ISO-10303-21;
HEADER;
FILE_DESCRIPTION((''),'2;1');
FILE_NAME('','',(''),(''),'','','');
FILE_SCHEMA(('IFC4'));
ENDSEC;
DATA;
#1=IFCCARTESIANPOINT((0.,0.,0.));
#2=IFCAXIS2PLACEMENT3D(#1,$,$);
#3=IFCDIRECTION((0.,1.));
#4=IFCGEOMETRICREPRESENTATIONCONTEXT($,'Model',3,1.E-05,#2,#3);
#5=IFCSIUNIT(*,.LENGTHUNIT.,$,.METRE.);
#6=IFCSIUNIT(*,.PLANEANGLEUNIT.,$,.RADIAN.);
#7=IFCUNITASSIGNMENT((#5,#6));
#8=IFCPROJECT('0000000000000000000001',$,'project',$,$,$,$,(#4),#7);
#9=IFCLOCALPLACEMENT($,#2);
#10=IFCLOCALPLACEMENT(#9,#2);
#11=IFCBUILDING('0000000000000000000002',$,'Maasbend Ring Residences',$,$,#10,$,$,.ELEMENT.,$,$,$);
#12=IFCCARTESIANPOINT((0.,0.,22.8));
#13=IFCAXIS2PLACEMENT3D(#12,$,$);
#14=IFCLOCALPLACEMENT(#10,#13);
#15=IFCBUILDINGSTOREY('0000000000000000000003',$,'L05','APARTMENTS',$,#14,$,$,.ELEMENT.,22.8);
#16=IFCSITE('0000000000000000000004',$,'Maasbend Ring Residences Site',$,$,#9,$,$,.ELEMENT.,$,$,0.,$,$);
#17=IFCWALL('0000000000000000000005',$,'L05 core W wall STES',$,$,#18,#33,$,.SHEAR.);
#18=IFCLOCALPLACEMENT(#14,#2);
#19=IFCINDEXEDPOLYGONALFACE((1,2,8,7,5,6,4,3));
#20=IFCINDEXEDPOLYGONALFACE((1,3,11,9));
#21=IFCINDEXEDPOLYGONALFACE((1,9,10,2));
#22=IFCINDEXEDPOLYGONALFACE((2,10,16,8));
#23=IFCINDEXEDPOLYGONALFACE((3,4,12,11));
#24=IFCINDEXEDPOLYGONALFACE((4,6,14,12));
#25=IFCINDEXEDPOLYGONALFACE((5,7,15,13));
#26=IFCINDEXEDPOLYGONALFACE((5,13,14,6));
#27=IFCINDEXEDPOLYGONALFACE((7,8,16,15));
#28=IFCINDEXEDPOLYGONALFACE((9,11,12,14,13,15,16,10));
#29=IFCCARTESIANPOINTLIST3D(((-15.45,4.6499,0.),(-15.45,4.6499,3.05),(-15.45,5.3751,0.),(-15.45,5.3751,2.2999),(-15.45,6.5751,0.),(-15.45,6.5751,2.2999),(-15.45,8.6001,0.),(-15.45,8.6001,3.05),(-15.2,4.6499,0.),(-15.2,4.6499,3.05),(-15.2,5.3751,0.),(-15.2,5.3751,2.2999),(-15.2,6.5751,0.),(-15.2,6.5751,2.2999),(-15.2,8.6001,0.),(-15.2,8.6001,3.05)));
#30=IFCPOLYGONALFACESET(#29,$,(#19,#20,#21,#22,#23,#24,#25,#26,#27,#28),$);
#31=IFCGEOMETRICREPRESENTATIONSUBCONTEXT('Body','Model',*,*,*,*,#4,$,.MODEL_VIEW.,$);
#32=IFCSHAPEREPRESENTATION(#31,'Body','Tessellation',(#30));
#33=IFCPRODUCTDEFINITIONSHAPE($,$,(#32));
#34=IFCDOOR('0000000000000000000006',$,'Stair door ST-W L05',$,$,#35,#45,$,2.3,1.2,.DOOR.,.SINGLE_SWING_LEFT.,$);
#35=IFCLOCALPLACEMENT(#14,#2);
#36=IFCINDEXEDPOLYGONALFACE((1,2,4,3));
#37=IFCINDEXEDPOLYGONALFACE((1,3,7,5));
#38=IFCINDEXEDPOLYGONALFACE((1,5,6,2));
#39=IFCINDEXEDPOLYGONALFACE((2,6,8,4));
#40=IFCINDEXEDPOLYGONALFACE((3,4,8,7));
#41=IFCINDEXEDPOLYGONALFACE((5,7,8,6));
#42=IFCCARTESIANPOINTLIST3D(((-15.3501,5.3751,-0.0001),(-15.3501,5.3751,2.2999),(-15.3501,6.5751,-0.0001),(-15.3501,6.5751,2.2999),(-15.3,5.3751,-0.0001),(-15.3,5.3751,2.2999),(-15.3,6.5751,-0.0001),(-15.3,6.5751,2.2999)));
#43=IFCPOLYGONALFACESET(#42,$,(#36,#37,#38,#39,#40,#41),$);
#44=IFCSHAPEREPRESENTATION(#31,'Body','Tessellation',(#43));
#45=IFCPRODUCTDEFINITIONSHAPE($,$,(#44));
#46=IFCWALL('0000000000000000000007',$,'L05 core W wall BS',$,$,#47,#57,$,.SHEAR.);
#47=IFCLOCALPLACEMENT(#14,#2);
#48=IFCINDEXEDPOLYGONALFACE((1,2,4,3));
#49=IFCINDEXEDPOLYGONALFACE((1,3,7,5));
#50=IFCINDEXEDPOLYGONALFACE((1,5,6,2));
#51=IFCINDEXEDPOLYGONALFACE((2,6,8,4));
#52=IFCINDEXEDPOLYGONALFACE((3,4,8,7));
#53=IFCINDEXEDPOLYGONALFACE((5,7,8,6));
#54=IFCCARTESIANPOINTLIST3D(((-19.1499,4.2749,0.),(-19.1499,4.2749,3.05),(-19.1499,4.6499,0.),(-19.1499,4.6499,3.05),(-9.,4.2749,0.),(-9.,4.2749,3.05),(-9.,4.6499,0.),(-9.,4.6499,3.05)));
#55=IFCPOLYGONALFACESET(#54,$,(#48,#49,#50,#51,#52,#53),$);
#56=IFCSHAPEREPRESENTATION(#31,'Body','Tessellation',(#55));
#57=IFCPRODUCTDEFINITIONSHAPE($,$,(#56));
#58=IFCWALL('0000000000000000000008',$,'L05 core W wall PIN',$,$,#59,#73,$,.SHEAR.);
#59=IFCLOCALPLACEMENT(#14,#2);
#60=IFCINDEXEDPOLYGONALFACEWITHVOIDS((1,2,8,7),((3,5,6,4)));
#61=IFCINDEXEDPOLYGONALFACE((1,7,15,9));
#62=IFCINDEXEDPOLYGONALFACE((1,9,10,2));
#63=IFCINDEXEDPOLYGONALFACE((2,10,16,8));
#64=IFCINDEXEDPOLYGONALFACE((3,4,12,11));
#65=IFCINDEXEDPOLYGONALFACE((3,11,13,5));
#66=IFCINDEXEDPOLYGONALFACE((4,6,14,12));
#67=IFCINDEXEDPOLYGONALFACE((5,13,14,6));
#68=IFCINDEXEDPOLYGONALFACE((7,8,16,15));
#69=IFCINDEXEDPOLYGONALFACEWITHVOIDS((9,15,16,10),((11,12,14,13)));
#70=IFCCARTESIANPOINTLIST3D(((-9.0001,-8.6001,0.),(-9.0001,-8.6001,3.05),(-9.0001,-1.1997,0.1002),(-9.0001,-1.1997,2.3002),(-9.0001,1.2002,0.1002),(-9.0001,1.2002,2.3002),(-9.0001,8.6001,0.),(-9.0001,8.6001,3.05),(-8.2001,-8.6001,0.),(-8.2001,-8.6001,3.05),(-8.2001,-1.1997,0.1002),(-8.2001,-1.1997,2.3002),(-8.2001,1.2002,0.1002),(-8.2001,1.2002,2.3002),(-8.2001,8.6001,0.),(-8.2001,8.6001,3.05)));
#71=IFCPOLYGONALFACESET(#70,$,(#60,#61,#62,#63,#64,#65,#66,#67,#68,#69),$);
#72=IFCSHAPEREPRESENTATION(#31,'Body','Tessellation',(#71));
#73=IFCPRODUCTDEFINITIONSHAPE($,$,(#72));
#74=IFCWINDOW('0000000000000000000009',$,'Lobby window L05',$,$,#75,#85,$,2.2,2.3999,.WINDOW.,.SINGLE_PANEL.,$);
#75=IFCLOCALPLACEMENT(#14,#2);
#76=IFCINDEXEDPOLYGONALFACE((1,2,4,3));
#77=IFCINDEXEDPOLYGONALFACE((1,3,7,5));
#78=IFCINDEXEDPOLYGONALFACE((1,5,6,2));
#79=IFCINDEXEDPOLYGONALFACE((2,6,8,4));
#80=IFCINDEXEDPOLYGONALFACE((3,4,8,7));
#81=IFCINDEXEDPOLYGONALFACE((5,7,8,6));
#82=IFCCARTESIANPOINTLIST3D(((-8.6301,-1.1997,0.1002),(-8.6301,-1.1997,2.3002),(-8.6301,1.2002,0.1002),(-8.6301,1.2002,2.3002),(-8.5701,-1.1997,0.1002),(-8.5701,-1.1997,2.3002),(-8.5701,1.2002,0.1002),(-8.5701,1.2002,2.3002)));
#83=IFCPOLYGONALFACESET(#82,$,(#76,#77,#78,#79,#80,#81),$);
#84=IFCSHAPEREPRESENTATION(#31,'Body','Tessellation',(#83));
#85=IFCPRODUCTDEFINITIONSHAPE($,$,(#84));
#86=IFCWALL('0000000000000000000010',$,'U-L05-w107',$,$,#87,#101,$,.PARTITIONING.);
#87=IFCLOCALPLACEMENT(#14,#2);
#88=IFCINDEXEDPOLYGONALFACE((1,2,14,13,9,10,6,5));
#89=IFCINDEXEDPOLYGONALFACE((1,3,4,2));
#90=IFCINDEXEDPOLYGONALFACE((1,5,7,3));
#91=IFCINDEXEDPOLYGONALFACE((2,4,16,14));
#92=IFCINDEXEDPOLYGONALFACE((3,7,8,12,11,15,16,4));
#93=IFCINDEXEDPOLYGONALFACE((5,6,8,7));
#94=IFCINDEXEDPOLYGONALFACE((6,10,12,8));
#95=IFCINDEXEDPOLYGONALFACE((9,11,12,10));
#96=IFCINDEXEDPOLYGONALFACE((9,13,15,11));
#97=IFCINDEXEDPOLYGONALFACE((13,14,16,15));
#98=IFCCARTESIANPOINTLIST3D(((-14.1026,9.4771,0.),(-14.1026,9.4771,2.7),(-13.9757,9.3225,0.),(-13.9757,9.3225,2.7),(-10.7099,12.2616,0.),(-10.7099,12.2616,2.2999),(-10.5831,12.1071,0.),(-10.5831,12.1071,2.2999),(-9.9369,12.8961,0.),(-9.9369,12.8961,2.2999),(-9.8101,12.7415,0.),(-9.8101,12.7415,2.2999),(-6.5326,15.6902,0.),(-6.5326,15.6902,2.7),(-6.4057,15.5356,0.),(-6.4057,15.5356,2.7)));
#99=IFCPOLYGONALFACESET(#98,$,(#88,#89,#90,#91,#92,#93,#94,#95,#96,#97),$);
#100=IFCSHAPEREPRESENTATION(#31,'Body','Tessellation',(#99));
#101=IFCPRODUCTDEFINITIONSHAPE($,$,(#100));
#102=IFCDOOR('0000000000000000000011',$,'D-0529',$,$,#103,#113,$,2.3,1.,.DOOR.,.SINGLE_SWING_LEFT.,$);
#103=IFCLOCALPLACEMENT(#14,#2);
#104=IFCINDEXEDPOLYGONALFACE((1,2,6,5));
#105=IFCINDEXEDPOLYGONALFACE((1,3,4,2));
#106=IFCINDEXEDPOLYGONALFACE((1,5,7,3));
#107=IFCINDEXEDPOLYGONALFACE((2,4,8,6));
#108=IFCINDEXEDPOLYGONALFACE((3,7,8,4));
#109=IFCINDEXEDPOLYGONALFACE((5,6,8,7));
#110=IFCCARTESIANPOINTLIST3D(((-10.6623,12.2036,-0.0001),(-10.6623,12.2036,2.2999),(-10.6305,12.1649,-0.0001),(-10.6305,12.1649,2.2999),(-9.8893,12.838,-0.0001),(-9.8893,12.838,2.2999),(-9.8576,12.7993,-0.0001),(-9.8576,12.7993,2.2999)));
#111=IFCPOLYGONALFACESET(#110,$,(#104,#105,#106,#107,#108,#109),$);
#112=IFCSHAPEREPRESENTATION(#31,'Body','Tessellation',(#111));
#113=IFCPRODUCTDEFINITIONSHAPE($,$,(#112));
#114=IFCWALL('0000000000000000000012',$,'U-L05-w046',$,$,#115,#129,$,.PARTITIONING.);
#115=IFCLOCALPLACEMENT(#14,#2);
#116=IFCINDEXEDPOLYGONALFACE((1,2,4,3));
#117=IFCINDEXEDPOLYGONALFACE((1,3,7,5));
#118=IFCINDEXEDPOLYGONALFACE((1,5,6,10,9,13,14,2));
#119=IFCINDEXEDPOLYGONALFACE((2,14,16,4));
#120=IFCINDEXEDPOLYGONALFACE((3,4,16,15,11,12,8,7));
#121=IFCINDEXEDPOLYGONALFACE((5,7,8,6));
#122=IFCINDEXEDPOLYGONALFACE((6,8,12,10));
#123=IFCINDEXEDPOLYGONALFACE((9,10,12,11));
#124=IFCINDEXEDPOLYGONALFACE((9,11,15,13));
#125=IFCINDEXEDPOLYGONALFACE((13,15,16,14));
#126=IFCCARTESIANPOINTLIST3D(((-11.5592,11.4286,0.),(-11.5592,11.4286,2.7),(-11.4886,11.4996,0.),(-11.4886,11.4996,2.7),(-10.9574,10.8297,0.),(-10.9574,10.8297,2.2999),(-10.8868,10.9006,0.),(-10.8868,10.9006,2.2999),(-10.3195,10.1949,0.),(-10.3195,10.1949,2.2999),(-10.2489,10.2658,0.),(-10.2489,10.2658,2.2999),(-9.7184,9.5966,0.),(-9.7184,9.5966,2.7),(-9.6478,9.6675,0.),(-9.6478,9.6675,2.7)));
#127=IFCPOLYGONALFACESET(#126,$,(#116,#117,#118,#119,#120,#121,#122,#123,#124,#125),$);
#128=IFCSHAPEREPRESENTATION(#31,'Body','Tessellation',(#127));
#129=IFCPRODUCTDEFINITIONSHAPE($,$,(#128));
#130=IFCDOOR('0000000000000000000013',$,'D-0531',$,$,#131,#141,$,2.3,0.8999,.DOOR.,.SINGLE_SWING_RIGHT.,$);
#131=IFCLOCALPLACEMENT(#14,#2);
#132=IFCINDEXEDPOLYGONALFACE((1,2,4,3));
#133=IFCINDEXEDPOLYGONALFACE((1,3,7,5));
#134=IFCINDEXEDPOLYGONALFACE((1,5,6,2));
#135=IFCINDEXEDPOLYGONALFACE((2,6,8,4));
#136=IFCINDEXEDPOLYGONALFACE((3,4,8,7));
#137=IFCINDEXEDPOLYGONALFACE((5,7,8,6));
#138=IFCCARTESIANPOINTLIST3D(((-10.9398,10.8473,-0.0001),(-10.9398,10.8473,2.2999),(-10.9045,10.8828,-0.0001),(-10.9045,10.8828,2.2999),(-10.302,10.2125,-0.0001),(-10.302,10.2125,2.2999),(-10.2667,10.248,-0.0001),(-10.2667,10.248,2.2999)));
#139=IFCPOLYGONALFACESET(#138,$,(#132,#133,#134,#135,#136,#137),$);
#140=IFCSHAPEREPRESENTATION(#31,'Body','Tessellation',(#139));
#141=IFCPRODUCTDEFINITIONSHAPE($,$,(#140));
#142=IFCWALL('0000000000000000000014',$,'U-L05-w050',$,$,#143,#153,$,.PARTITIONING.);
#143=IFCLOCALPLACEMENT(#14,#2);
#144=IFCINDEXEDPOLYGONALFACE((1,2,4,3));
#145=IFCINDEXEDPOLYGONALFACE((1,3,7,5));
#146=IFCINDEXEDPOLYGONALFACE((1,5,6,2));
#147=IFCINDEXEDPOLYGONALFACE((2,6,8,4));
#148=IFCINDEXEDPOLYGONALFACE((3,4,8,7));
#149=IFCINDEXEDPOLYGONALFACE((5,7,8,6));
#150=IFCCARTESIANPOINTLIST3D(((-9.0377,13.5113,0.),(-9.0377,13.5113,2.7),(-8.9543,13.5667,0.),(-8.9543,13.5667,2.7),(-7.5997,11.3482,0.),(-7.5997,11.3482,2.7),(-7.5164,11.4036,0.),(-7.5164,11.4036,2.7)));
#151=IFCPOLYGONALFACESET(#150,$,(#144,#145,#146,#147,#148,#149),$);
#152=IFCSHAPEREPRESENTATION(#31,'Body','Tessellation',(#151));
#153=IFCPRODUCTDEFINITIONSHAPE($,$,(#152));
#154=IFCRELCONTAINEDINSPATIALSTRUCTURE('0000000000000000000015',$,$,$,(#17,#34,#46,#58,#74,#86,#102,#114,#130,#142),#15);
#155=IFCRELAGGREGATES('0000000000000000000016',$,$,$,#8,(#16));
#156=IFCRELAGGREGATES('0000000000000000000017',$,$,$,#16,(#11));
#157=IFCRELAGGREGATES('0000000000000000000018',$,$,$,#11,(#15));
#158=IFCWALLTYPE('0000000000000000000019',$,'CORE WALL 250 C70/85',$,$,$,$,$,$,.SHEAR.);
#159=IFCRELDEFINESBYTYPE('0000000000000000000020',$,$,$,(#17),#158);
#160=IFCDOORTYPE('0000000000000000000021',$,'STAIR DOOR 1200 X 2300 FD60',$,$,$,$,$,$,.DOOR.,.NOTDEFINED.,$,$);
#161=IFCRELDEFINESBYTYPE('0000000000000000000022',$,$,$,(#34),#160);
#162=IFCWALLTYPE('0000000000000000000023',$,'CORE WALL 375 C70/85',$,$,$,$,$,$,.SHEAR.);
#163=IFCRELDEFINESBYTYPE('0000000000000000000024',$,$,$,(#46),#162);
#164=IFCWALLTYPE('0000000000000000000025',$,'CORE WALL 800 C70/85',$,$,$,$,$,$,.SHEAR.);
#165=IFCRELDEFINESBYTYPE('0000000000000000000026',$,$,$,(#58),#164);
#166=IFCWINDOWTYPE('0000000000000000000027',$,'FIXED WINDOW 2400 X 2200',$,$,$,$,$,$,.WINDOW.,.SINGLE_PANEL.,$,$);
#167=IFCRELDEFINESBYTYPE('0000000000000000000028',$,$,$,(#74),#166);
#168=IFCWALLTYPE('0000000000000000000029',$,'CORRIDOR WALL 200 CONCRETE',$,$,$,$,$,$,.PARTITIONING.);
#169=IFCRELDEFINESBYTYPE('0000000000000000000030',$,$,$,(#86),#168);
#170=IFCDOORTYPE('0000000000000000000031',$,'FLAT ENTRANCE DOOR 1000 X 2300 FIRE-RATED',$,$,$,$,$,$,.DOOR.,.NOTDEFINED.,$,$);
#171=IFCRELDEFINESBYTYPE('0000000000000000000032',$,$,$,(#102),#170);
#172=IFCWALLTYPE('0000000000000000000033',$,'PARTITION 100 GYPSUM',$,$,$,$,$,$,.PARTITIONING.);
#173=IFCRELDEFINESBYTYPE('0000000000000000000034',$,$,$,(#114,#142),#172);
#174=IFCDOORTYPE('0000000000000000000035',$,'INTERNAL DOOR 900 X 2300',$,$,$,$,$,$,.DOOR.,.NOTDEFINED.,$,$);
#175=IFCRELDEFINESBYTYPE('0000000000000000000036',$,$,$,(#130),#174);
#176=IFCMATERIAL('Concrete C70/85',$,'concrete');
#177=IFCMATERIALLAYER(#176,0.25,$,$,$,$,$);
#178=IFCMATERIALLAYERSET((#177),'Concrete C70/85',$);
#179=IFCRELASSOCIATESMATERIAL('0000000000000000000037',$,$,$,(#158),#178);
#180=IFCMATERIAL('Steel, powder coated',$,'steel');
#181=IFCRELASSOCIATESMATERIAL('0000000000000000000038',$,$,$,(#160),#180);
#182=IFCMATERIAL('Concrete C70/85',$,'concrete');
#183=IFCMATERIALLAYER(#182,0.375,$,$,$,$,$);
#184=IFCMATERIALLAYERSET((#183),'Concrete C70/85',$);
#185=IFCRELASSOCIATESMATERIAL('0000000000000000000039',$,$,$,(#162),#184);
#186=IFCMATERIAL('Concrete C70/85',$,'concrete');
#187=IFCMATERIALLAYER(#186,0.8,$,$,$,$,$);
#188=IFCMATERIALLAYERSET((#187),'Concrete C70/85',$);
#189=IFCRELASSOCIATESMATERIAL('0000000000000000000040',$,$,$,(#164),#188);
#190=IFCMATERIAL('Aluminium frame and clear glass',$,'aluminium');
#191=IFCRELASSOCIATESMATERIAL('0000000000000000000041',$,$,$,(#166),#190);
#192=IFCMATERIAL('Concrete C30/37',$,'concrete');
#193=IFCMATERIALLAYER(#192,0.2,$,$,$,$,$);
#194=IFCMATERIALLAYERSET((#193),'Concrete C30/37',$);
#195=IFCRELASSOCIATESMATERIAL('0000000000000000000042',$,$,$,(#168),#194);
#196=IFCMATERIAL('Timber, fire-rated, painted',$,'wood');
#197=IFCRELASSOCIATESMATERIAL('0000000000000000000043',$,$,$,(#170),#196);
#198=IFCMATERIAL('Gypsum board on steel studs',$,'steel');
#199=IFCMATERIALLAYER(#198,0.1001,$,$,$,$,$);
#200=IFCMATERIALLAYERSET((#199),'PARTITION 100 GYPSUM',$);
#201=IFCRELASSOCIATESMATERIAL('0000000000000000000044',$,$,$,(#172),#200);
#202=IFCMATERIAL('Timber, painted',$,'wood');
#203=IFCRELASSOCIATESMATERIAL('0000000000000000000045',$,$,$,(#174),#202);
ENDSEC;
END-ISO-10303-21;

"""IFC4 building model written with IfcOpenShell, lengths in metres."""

from ifc_helpers import new_model, si_unit, direction, frame, frame_2d, origin, place, context, subcontext, project, spatial, rectangle, extrude, material, layer, layer_set, type_object, element, fill, save


model = new_model("IFC4")

# Units and contexts
model_context = context("Model", 3, precision=1e-05, world=origin(), true_north=direction((0.0, 1.0)))
body_context = subcontext(model_context, "Body", "Model", "MODEL_VIEW")
ifc_project = project(units=[si_unit("LENGTHUNIT", "METRE"), si_unit("PLANEANGLEUNIT", "RADIAN")], contexts=[model_context])

# Site, building, storey
site_placement = place(None, origin())
site = spatial("IfcSite", under=ifc_project, at=site_placement, Name="Maasbend Ring Residences Site", CompositionType="ELEMENT", RefElevation=0.0)
building_placement = place(site_placement, origin())
building = spatial("IfcBuilding", under=site, at=building_placement, Name="Maasbend Ring Residences", CompositionType="ELEMENT")
storey_placement = place(building_placement, frame((0.0, 0.0, 22.8)))
storey = spatial("IfcBuildingStorey", under=building, at=storey_placement, Name="L05", Description="APARTMENTS", CompositionType="ELEMENT", Elevation=22.8)

# Wall, opening, door
ifc_material_1 = material(Name="Concrete C70/85", Category="concrete")
ifc_layer_1 = layer(ifc_material_1, 0.25)
ifc_layer_set_1 = layer_set([ifc_layer_1], Name="Concrete C70/85")
wall_type_1 = type_object("IfcWallType", Name="CORE WALL 250 C70/85", PredefinedType="SHEAR", material=ifc_layer_set_1)
wall_1_placement = place(storey_placement, frame((-15.325, 8.6001, 0.0), z_axis=(0.0, 0.0, 1.0), x_axis=(0.0, -1.0, 0.0)))
wall_1 = element("IfcWall", 1, at=wall_1_placement, inside=storey, type_object=wall_type_1, Name="L05 core W wall STES", PredefinedType="SHEAR", context=body_context, shape_type="SweptSolid", body=[
    extrude(rectangle(XDim=3.9502, YDim=0.25, at=frame_2d((1.9751, 0.0))), origin(), (0.0, 0.0, 1.0), 3.05),
])
opening_1_placement = place(wall_1_placement, frame((2.0249, 0.0, 0.0)))
opening_1 = element("IfcOpeningElement", 2, at=opening_1_placement, cuts=wall_1, PredefinedType="OPENING", context=body_context, shape_type="SweptSolid", body=[
    extrude(rectangle(XDim=1.2, YDim=2.3, at=frame_2d((0.6001, 1.1499))), frame((0.0, 0.135, 0.0), z_axis=(0.0, -1.0, 0.0), x_axis=(1.0, 0.0, 0.0)), (0.0, 0.0, 1.0), 0.27),
])
ifc_material_2 = material(Name="Steel, powder coated", Category="steel")
door_type_1 = type_object("IfcDoorType", Name="STAIR DOOR 1200 X 2300 FD60", OperationType="NOTDEFINED", PredefinedType="DOOR", material=ifc_material_2)
door_1_placement = place(opening_1_placement, origin())
door_1 = element("IfcDoor", 3, at=door_1_placement, inside=storey, type_object=door_type_1, Name="Stair door ST-W L05", OperationType="SINGLE_SWING_LEFT", OverallHeight=2.3, OverallWidth=1.2, PredefinedType="DOOR", context=body_context, shape_type="SweptSolid", body=[
    extrude(rectangle(XDim=1.2, YDim=2.3, at=frame_2d((0.6001, 1.1499))), frame((0.0, 0.0249, 0.0), z_axis=(0.0, -1.0, 0.0), x_axis=(1.0, 0.0, 0.0)), (0.0, 0.0, 1.0), 0.05),
])
fill(opening_1, door_1)

# Wall
ifc_material_3 = material(Name="Concrete C70/85", Category="concrete")
ifc_layer_2 = layer(ifc_material_3, 0.375)
ifc_layer_set_2 = layer_set([ifc_layer_2], Name="Concrete C70/85")
wall_type_2 = type_object("IfcWallType", Name="CORE WALL 375 C70/85", PredefinedType="SHEAR", material=ifc_layer_set_2)
wall_2_placement = place(storey_placement, frame((-9.0, 4.4624, 0.0), z_axis=(0.0, 0.0, 1.0), x_axis=(-1.0, 0.0, 0.0)))
element("IfcWall", 4, at=wall_2_placement, inside=storey, type_object=wall_type_2, Name="L05 core W wall BS", PredefinedType="SHEAR", context=body_context, shape_type="SweptSolid", body=[
    extrude(rectangle(XDim=10.1499, YDim=0.375, at=frame_2d((5.075, 0.0))), origin(), (0.0, 0.0, 1.0), 3.05),
])

# Wall, opening, window
ifc_material_4 = material(Name="Concrete C70/85", Category="concrete")
ifc_layer_3 = layer(ifc_material_4, 0.8)
ifc_layer_set_3 = layer_set([ifc_layer_3], Name="Concrete C70/85")
wall_type_3 = type_object("IfcWallType", Name="CORE WALL 800 C70/85", PredefinedType="SHEAR", material=ifc_layer_set_3)
wall_3_placement = place(storey_placement, frame((-8.6001, 8.6001, 0.0), z_axis=(0.0, 0.0, 1.0), x_axis=(0.0, -1.0, 0.0)))
wall_3 = element("IfcWall", 5, at=wall_3_placement, inside=storey, type_object=wall_type_3, Name="L05 core W wall PIN", PredefinedType="SHEAR", context=body_context, shape_type="SweptSolid", body=[
    extrude(rectangle(XDim=17.2002, YDim=0.8, at=frame_2d((8.6001, 0.0))), origin(), (0.0, 0.0, 1.0), 3.05),
])
opening_2_placement = place(wall_3_placement, frame((7.3999, 0.0, 0.1001)))
opening_2 = element("IfcOpeningElement", 6, at=opening_2_placement, cuts=wall_3, PredefinedType="OPENING", context=body_context, shape_type="SweptSolid", body=[
    extrude(rectangle(XDim=2.3999, YDim=2.2, at=frame_2d((1.2, 1.1001))), frame((0.0, 0.4102, 0.0), z_axis=(0.0, -1.0, 0.0), x_axis=(1.0, 0.0, 0.0)), (0.0, 0.0, 1.0), 0.8201),
])
ifc_material_5 = material(Name="Aluminium frame and clear glass", Category="aluminium")
window_type = type_object("IfcWindowType", Name="FIXED WINDOW 2400 X 2200", PartitioningType="SINGLE_PANEL", PredefinedType="WINDOW", material=ifc_material_5)
window_placement = place(opening_2_placement, origin())
window = element("IfcWindow", 7, at=window_placement, inside=storey, type_object=window_type, Name="Lobby window L05", OverallHeight=2.2, OverallWidth=2.3999, PartitioningType="SINGLE_PANEL", PredefinedType="WINDOW", context=body_context, shape_type="SweptSolid", body=[
    extrude(rectangle(XDim=2.3999, YDim=2.2, at=frame_2d((1.2, 1.1001))), frame((0.0, 0.03, 0.0), z_axis=(0.0, -1.0, 0.0), x_axis=(1.0, 0.0, 0.0)), (0.0, 0.0, 1.0), 0.0601),
])
fill(opening_2, window)

# Walls, openings, doors
ifc_material_6 = material(Name="Concrete C30/37", Category="concrete")
ifc_layer_4 = layer(ifc_material_6, 0.2)
ifc_layer_set_4 = layer_set([ifc_layer_4], Name="Concrete C30/37")
wall_type_4 = type_object("IfcWallType", Name="CORRIDOR WALL 200 CONCRETE", PredefinedType="PARTITIONING", material=ifc_layer_set_4)
wall_4_placement = place(storey_placement, frame((-14.0391, 9.3999, 0.0), z_axis=(0.0, 0.0, 1.0), x_axis=(0.772983, 0.634426, 0.0)))
wall_4 = element("IfcWall", 8, at=wall_4_placement, inside=storey, type_object=wall_type_4, Name="U-L05-w107", PredefinedType="PARTITIONING", context=body_context, shape_type="SweptSolid", body=[
    extrude(rectangle(XDim=9.7932, YDim=0.2, at=frame_2d((4.8965, 0.0))), origin(), (0.0, 0.0, 1.0), 2.7),
])
opening_3_placement = place(wall_4_placement, frame((4.3889, 0.0, 0.0)))
opening_3 = element("IfcOpeningElement", 9, at=opening_3_placement, cuts=wall_4, PredefinedType="OPENING", context=body_context, shape_type="SweptSolid", body=[
    extrude(rectangle(XDim=1.0, YDim=2.3, at=frame_2d((0.5, 1.1499))), frame((0.0, 0.1099, 0.0), z_axis=(0.0, -1.0, 0.0), x_axis=(1.0, 0.0, 0.0)), (0.0, 0.0, 1.0), 0.22),
])
ifc_material_7 = material(Name="Timber, fire-rated, painted", Category="wood")
door_type_2 = type_object("IfcDoorType", Name="FLAT ENTRANCE DOOR 1000 X 2300 FIRE-RATED", OperationType="NOTDEFINED", PredefinedType="DOOR", material=ifc_material_7)
door_2_placement = place(opening_3_placement, origin())
door_2 = element("IfcDoor", 10, at=door_2_placement, inside=storey, type_object=door_type_2, Name="D-0529", OperationType="SINGLE_SWING_LEFT", OverallHeight=2.3, OverallWidth=1.0, PredefinedType="DOOR", context=body_context, shape_type="SweptSolid", body=[
    extrude(rectangle(XDim=1.0, YDim=2.3, at=frame_2d((0.5, 1.1499))), frame((0.0, 0.0249, 0.0), z_axis=(0.0, -1.0, 0.0), x_axis=(1.0, 0.0, 0.0)), (0.0, 0.0, 1.0), 0.05),
])
fill(opening_3, door_2)
ifc_material_8 = material(Name="Gypsum board on steel studs", Category="steel")
ifc_layer_5 = layer(ifc_material_8, 0.1001)
ifc_layer_set_5 = layer_set([ifc_layer_5], Name="PARTITION 100 GYPSUM")
wall_type_5 = type_object("IfcWallType", Name="PARTITION 100 GYPSUM", PredefinedType="PARTITIONING", material=ifc_layer_set_5)
wall_5_placement = place(storey_placement, frame((-11.5239, 11.4641, 0.0), z_axis=(0.0, 0.0, 1.0), x_axis=(0.708797, -0.705413, 0.0)))
wall_5 = element("IfcWall", 11, at=wall_5_placement, inside=storey, type_object=wall_type_5, Name="U-L05-w046", PredefinedType="PARTITIONING", context=body_context, shape_type="SweptSolid", body=[
    extrude(rectangle(XDim=2.5972, YDim=0.1001, at=frame_2d((1.2986, 0.0))), origin(), (0.0, 0.0, 1.0), 2.7),
])
opening_4_placement = place(wall_5_placement, frame((0.8491, 0.0, 0.0)))
opening_4 = element("IfcOpeningElement", 12, at=opening_4_placement, cuts=wall_5, PredefinedType="OPENING", context=body_context, shape_type="SweptSolid", body=[
    extrude(rectangle(XDim=0.8999, YDim=2.3, at=frame_2d((0.45, 1.1499))), frame((0.0, 0.0601, 0.0), z_axis=(0.0, -1.0, 0.0), x_axis=(1.0, 0.0, 0.0)), (0.0, 0.0, 1.0), 0.1201),
])
ifc_material_9 = material(Name="Timber, painted", Category="wood")
door_type_3 = type_object("IfcDoorType", Name="INTERNAL DOOR 900 X 2300", OperationType="NOTDEFINED", PredefinedType="DOOR", material=ifc_material_9)
door_3_placement = place(opening_4_placement, origin())
door_3 = element("IfcDoor", 13, at=door_3_placement, inside=storey, type_object=door_type_3, Name="D-0531", OperationType="SINGLE_SWING_RIGHT", OverallHeight=2.3, OverallWidth=0.8999, PredefinedType="DOOR", context=body_context, shape_type="SweptSolid", body=[
    extrude(rectangle(XDim=0.8999, YDim=2.3, at=frame_2d((0.45, 1.1499))), frame((0.0, 0.0249, 0.0), z_axis=(0.0, -1.0, 0.0), x_axis=(1.0, 0.0, 0.0)), (0.0, 0.0, 1.0), 0.05),
])
fill(opening_4, door_3)

# Wall
wall_6_placement = place(storey_placement, frame((-8.9961, 13.5391, 0.0), z_axis=(0.0, 0.0, 1.0), x_axis=(0.553615, -0.832773, 0.0)))
element("IfcWall", 14, at=wall_6_placement, inside=storey, type_object=wall_type_5, Name="U-L05-w050", PredefinedType="PARTITIONING", context=body_context, shape_type="SweptSolid", body=[
    extrude(rectangle(XDim=2.5974, YDim=0.1001, at=frame_2d((1.2988, 0.0))), origin(), (0.0, 0.0, 1.0), 2.7),
])

save(model, "model.ifc")
